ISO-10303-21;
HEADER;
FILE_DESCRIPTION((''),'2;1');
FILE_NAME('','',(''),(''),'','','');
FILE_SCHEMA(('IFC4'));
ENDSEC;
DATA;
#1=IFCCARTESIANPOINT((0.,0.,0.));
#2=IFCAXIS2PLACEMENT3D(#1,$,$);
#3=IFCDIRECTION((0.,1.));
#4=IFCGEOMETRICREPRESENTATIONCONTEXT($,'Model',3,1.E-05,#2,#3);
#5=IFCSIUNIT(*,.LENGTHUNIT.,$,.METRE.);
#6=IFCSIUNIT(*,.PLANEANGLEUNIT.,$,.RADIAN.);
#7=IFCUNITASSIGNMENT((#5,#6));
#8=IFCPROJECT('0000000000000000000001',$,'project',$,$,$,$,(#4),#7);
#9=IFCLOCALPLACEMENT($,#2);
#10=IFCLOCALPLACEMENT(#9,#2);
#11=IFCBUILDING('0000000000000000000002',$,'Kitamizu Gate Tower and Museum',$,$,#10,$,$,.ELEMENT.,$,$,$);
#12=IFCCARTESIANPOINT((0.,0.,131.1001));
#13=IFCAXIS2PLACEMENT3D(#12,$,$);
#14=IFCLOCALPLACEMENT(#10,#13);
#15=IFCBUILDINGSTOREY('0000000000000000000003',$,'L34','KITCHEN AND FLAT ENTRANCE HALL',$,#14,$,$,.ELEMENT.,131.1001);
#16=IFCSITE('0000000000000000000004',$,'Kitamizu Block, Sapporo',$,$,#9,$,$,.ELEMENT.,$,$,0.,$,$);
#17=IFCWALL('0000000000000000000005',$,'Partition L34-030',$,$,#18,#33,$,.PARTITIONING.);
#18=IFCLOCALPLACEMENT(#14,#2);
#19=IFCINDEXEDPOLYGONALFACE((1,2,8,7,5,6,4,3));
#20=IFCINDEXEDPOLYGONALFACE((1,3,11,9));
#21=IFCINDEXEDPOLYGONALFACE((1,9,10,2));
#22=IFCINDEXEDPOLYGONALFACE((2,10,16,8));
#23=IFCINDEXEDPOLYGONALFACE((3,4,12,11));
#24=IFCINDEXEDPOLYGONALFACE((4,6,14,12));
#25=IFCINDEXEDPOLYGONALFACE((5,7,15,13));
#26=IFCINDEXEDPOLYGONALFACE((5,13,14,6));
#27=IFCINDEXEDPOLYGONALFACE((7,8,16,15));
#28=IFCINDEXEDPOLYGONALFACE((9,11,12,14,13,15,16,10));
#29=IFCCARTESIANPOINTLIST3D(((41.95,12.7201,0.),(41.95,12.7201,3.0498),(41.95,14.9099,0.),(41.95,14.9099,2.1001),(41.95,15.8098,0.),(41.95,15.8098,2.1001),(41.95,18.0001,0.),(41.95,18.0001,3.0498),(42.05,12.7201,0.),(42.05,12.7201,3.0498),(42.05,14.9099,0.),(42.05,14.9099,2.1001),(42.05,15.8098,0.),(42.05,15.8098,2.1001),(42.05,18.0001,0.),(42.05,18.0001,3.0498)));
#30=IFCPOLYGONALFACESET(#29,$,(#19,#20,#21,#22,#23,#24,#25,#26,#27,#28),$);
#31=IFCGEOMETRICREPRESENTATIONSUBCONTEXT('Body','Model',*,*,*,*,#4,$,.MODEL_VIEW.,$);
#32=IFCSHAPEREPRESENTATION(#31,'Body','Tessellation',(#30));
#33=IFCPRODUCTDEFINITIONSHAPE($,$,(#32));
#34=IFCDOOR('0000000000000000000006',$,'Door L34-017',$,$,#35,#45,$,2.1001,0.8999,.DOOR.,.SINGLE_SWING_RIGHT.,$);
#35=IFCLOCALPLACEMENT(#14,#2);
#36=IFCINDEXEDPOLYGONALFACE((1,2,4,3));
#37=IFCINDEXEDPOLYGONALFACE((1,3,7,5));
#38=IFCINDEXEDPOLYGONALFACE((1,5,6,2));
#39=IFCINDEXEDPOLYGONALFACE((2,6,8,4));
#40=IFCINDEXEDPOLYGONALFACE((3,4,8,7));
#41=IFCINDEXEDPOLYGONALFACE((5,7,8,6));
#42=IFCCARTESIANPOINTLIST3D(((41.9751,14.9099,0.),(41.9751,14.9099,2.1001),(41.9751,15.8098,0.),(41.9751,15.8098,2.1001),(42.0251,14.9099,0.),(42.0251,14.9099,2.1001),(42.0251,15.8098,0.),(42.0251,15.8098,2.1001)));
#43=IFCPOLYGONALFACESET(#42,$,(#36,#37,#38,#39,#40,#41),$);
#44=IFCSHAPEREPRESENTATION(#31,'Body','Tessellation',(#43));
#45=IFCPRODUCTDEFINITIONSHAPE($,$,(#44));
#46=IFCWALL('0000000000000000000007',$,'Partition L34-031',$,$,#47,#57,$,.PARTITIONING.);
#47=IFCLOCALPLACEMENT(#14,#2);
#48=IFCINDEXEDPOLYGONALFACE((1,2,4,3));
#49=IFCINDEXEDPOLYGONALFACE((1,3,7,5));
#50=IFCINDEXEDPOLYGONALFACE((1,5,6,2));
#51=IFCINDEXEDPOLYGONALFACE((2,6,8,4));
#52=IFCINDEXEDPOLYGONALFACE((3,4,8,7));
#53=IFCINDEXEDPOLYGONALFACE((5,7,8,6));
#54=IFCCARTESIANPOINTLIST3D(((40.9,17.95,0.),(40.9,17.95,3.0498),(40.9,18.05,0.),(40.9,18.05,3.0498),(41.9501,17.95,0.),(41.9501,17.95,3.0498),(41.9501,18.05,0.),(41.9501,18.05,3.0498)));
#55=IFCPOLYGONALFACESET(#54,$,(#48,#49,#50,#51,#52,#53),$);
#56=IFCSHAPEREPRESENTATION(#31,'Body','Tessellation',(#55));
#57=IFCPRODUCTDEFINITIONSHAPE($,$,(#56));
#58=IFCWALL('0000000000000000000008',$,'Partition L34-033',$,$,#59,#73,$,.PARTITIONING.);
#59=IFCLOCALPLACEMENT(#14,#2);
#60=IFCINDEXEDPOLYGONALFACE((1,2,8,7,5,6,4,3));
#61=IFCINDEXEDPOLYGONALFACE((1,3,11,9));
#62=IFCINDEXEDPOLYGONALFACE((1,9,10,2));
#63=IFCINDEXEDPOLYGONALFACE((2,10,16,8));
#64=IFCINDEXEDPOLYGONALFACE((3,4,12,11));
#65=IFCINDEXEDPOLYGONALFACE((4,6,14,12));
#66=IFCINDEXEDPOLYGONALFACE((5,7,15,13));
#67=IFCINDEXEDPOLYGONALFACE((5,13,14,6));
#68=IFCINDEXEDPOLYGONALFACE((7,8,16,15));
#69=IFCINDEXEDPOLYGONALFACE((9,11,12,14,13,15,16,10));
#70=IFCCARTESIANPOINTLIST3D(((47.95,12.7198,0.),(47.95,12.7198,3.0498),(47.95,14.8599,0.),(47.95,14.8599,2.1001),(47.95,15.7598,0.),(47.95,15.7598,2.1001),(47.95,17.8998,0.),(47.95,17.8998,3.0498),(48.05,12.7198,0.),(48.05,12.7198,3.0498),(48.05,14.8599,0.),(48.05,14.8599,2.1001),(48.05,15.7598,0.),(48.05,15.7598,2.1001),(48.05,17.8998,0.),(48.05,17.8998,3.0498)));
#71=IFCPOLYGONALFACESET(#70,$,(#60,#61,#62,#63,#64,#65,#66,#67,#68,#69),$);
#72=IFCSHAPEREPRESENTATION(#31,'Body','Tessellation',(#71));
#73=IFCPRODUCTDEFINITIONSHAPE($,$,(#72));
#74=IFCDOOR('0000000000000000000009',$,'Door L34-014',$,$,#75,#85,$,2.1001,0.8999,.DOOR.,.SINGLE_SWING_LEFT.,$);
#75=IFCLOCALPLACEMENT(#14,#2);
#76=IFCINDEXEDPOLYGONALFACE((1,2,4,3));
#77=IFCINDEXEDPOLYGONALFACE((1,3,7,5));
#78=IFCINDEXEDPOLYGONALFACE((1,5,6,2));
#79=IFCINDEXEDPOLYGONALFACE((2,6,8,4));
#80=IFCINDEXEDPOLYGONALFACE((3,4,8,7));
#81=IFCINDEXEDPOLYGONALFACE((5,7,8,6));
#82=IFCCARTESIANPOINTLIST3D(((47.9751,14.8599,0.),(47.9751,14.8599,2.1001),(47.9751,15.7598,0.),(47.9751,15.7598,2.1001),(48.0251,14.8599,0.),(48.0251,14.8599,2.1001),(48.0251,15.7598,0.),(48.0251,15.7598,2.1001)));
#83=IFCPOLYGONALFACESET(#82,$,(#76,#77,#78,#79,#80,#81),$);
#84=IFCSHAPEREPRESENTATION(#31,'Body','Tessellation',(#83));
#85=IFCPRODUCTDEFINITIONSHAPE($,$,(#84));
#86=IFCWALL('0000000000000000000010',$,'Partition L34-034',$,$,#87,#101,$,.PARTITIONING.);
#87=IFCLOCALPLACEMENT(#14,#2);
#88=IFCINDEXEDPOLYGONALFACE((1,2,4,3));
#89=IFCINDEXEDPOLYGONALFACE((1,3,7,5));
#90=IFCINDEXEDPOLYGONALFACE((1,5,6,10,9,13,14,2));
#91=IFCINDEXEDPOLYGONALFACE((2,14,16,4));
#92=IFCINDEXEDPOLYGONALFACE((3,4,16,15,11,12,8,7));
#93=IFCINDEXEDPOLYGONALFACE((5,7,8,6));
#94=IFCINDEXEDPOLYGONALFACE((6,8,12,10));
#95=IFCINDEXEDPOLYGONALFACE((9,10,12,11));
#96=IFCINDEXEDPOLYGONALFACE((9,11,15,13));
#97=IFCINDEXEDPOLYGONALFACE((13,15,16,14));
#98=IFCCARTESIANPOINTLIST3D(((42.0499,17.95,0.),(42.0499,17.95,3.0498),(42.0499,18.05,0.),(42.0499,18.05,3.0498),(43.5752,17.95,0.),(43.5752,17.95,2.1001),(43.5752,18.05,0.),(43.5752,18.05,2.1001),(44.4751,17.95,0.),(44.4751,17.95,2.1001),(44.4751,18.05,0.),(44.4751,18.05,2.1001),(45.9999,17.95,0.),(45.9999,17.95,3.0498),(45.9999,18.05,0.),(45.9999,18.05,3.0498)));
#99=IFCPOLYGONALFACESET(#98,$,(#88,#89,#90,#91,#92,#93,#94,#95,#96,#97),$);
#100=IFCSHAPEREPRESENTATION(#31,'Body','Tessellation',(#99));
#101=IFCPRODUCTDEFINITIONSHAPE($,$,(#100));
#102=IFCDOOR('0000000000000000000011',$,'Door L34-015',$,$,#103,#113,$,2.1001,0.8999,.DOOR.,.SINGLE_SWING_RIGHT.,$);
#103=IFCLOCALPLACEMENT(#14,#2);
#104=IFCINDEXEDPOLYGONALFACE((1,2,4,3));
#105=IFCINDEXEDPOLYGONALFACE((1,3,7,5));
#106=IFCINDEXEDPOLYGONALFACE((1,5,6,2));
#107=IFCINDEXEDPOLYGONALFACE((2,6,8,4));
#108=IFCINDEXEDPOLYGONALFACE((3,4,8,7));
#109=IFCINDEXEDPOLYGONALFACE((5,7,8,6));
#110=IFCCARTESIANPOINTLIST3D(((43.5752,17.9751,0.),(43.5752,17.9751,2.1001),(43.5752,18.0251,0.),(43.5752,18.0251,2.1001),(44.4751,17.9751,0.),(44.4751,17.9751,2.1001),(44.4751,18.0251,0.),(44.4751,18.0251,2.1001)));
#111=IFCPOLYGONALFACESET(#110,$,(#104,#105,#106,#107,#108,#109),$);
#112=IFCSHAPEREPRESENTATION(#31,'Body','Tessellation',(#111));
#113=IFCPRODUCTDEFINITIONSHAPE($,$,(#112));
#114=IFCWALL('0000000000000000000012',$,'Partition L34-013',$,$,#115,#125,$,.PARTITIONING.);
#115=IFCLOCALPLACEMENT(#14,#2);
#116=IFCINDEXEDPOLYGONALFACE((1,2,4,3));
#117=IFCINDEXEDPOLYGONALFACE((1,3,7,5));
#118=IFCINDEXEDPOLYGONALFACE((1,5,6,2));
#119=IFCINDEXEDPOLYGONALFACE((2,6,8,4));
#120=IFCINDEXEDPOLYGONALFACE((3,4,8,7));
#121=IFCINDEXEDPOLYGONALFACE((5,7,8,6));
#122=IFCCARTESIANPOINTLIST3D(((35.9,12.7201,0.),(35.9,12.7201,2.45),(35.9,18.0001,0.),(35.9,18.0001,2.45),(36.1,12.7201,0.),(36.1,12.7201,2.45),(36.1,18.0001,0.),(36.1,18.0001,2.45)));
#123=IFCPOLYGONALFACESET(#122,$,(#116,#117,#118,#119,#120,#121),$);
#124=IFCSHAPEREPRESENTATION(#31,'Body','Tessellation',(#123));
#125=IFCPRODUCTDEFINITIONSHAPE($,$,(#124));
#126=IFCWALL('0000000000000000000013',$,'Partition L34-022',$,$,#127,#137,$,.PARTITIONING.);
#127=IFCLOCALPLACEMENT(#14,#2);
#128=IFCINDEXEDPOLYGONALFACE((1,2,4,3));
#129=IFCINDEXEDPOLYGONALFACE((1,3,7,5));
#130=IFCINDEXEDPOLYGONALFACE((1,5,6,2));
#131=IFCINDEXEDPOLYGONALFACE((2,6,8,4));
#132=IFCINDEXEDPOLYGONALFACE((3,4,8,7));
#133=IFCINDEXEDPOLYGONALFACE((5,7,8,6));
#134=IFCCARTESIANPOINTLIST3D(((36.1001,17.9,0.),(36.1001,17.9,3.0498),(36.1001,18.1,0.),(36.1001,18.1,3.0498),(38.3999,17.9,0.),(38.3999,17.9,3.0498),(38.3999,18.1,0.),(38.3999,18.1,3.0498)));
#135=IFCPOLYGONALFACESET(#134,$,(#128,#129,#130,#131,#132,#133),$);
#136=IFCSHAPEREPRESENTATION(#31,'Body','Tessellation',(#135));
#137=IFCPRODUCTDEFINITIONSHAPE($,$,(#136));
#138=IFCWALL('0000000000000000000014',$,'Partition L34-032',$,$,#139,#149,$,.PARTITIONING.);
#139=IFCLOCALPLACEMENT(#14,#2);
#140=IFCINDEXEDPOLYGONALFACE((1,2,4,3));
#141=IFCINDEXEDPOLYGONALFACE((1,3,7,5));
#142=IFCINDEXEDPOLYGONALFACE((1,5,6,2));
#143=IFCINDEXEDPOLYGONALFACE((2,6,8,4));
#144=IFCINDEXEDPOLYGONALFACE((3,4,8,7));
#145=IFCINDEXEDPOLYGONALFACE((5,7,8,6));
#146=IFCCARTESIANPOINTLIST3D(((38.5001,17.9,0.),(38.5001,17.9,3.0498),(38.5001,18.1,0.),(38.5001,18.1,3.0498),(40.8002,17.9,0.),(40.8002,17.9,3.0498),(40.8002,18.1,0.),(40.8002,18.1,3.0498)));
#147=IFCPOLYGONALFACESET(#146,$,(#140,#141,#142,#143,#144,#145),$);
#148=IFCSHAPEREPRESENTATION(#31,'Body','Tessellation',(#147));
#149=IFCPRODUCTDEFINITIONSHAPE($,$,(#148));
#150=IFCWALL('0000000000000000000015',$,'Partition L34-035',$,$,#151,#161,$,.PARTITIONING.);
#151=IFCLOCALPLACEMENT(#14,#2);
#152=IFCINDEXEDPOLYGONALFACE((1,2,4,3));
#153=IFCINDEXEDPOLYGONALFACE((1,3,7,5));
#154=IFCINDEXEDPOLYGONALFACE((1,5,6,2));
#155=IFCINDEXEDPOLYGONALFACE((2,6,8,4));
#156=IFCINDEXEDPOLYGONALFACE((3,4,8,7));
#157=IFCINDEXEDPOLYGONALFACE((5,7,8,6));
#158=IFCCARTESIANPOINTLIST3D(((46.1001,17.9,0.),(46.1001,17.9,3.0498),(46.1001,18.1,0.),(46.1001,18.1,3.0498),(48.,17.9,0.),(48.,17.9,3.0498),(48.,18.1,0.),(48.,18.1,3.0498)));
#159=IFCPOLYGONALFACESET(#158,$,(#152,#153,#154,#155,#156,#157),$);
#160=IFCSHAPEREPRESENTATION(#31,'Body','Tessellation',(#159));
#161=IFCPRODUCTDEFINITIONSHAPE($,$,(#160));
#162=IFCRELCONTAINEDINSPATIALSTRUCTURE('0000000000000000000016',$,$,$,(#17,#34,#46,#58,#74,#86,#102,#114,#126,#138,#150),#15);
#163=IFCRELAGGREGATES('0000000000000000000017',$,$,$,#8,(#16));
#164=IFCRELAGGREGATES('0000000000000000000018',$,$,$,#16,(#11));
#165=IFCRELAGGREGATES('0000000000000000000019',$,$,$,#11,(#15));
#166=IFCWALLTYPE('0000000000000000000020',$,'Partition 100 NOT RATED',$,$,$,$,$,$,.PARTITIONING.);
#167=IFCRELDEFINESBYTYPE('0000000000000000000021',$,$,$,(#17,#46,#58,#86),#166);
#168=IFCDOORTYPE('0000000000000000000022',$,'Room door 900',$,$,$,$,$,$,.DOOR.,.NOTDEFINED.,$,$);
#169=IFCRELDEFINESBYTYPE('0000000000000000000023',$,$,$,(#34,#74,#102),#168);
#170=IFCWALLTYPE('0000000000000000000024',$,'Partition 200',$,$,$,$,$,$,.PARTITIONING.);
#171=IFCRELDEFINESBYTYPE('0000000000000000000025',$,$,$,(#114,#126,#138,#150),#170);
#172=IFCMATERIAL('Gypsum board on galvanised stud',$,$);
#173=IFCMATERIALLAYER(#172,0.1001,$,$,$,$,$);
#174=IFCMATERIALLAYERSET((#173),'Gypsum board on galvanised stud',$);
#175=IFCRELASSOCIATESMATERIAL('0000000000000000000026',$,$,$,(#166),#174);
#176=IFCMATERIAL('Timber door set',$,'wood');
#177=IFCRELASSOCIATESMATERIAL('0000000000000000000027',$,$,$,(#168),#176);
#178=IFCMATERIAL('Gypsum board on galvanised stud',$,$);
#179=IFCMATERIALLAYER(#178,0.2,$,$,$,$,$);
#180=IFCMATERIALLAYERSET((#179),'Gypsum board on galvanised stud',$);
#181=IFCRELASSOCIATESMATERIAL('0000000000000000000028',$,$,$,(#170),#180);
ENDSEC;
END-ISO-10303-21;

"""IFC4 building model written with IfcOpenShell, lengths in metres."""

from ifc_helpers import new_model, si_unit, direction, frame, frame_2d, origin, place, context, subcontext, project, spatial, rectangle, extrude, material, layer, layer_set, type_object, element, fill, save


model = new_model("IFC4")

# Units and contexts
model_context = context("Model", 3, precision=1e-05, world=origin(), true_north=direction((0.0, 1.0)))
body_context = subcontext(model_context, "Body", "Model", "MODEL_VIEW")
ifc_project = project(units=[si_unit("LENGTHUNIT", "METRE"), si_unit("PLANEANGLEUNIT", "RADIAN")], contexts=[model_context])

# Site, building, storey
site_placement = place(None, origin())
site = spatial("IfcSite", under=ifc_project, at=site_placement, Name="Kitamizu Block, Sapporo", CompositionType="ELEMENT", RefElevation=0.0)
building_placement = place(site_placement, origin())
building = spatial("IfcBuilding", under=site, at=building_placement, Name="Kitamizu Gate Tower and Museum", CompositionType="ELEMENT")
storey_placement = place(building_placement, frame((0.0, 0.0, 131.1001)))
storey = spatial("IfcBuildingStorey", under=building, at=storey_placement, Name="L34", Description="KITCHEN AND FLAT ENTRANCE HALL", CompositionType="ELEMENT", Elevation=131.1001)

# Shared definitions
ifc_material_1 = material(Name="Gypsum board on galvanised stud")
ifc_layer_1 = layer(ifc_material_1, 0.1001)
ifc_layer_set_1 = layer_set([ifc_layer_1], Name="Gypsum board on galvanised stud")
wall_type_1 = type_object("IfcWallType", Name="Partition 100 NOT RATED", PredefinedType="PARTITIONING", material=ifc_layer_set_1)

# Wall, opening, door
wall_1_placement = place(storey_placement, frame((42.0, 12.72, 0.0), z_axis=(0.0, 0.0, 1.0), x_axis=(0.0, 1.0, 0.0)))
wall_1 = element("IfcWall", 1, at=wall_1_placement, inside=storey, type_object=wall_type_1, Name="Partition L34-030", PredefinedType="PARTITIONING", context=body_context, shape_type="SweptSolid", body=[
    extrude(rectangle(XDim=5.28, YDim=0.1001, at=frame_2d((2.6401, 0.0))), origin(), (0.0, 0.0, 1.0), 3.0498),
])
opening_1_placement = place(wall_1_placement, frame((2.1899, 0.0, 0.0)))
opening_1 = element("IfcOpeningElement", 2, at=opening_1_placement, cuts=wall_1, PredefinedType="OPENING", context=body_context, shape_type="SweptSolid", body=[
    extrude(rectangle(XDim=0.8999, YDim=2.1001, at=frame_2d((0.45, 1.05))), frame((0.0, 0.0601, 0.0), z_axis=(0.0, -1.0, 0.0), x_axis=(1.0, 0.0, 0.0)), (0.0, 0.0, 1.0), 0.1201),
])
ifc_material_2 = material(Name="Timber door set", Category="wood")
door_type = type_object("IfcDoorType", Name="Room door 900", OperationType="NOTDEFINED", PredefinedType="DOOR", material=ifc_material_2)
door_1_placement = place(opening_1_placement, origin())
door_1 = element("IfcDoor", 3, at=door_1_placement, inside=storey, type_object=door_type, Name="Door L34-017", OperationType="SINGLE_SWING_RIGHT", OverallHeight=2.1001, OverallWidth=0.8999, PredefinedType="DOOR", context=body_context, shape_type="SweptSolid", body=[
    extrude(rectangle(XDim=0.8999, YDim=2.1001, at=frame_2d((0.45, 1.05))), frame((0.0, 0.0249, 0.0), z_axis=(0.0, -1.0, 0.0), x_axis=(1.0, 0.0, 0.0)), (0.0, 0.0, 1.0), 0.05),
])
fill(opening_1, door_1)

# Wall
wall_2_placement = place(storey_placement, frame((41.95, 18.0, 0.0), z_axis=(0.0, 0.0, 1.0), x_axis=(-1.0, 0.0, 0.0)))
element("IfcWall", 4, at=wall_2_placement, inside=storey, type_object=wall_type_1, Name="Partition L34-031", PredefinedType="PARTITIONING", context=body_context, shape_type="SweptSolid", body=[
    extrude(rectangle(XDim=1.05, YDim=0.1001, at=frame_2d((0.5249, 0.0))), origin(), (0.0, 0.0, 1.0), 3.0498),
])

# Walls, openings, doors
wall_3_placement = place(storey_placement, frame((48.0, 12.72, 0.0), z_axis=(0.0, 0.0, 1.0), x_axis=(0.0, 1.0, 0.0)))
wall_3 = element("IfcWall", 5, at=wall_3_placement, inside=storey, type_object=wall_type_1, Name="Partition L34-033", PredefinedType="PARTITIONING", context=body_context, shape_type="SweptSolid", body=[
    extrude(rectangle(XDim=5.1799, YDim=0.1001, at=frame_2d((2.5898, 0.0))), origin(), (0.0, 0.0, 1.0), 3.0498),
])
opening_2_placement = place(wall_3_placement, frame((2.1399, 0.0, 0.0)))
opening_2 = element("IfcOpeningElement", 6, at=opening_2_placement, cuts=wall_3, PredefinedType="OPENING", context=body_context, shape_type="SweptSolid", body=[
    extrude(rectangle(XDim=0.8999, YDim=2.1001, at=frame_2d((0.45, 1.05))), frame((0.0, 0.0601, 0.0), z_axis=(0.0, -1.0, 0.0), x_axis=(1.0, 0.0, 0.0)), (0.0, 0.0, 1.0), 0.1201),
])
door_2_placement = place(opening_2_placement, origin())
door_2 = element("IfcDoor", 7, at=door_2_placement, inside=storey, type_object=door_type, Name="Door L34-014", OperationType="SINGLE_SWING_LEFT", OverallHeight=2.1001, OverallWidth=0.8999, PredefinedType="DOOR", context=body_context, shape_type="SweptSolid", body=[
    extrude(rectangle(XDim=0.8999, YDim=2.1001, at=frame_2d((0.45, 1.05))), frame((0.0, 0.0249, 0.0), z_axis=(0.0, -1.0, 0.0), x_axis=(1.0, 0.0, 0.0)), (0.0, 0.0, 1.0), 0.05),
])
fill(opening_2, door_2)
wall_4_placement = place(storey_placement, frame((46.0, 18.0, 0.0), z_axis=(0.0, 0.0, 1.0), x_axis=(-1.0, 0.0, 0.0)))
wall_4 = element("IfcWall", 8, at=wall_4_placement, inside=storey, type_object=wall_type_1, Name="Partition L34-034", PredefinedType="PARTITIONING", context=body_context, shape_type="SweptSolid", body=[
    extrude(rectangle(XDim=3.95, YDim=0.1001, at=frame_2d((1.9751, 0.0))), origin(), (0.0, 0.0, 1.0), 3.0498),
])
opening_3_placement = place(wall_4_placement, frame((1.5249, 0.0, 0.0)))
opening_3 = element("IfcOpeningElement", 9, at=opening_3_placement, cuts=wall_4, PredefinedType="OPENING", context=body_context, shape_type="SweptSolid", body=[
    extrude(rectangle(XDim=0.8999, YDim=2.1001, at=frame_2d((0.45, 1.05))), frame((0.0, 0.0601, 0.0), z_axis=(0.0, -1.0, 0.0), x_axis=(1.0, 0.0, 0.0)), (0.0, 0.0, 1.0), 0.1201),
])
door_3_placement = place(opening_3_placement, origin())
door_3 = element("IfcDoor", 10, at=door_3_placement, inside=storey, type_object=door_type, Name="Door L34-015", OperationType="SINGLE_SWING_RIGHT", OverallHeight=2.1001, OverallWidth=0.8999, PredefinedType="DOOR", context=body_context, shape_type="SweptSolid", body=[
    extrude(rectangle(XDim=0.8999, YDim=2.1001, at=frame_2d((0.45, 1.05))), frame((0.0, 0.0249, 0.0), z_axis=(0.0, -1.0, 0.0), x_axis=(1.0, 0.0, 0.0)), (0.0, 0.0, 1.0), 0.05),
])
fill(opening_3, door_3)

# Walls
ifc_material_3 = material(Name="Gypsum board on galvanised stud")
ifc_layer_2 = layer(ifc_material_3, 0.2)
ifc_layer_set_2 = layer_set([ifc_layer_2], Name="Gypsum board on galvanised stud")
wall_type_2 = type_object("IfcWallType", Name="Partition 200", PredefinedType="PARTITIONING", material=ifc_layer_set_2)
wall_5_placement = place(storey_placement, frame((36.0, 12.72, 0.0), z_axis=(0.0, 0.0, 1.0), x_axis=(0.0, 1.0, 0.0)))
element("IfcWall", 11, at=wall_5_placement, inside=storey, type_object=wall_type_2, Name="Partition L34-013", PredefinedType="PARTITIONING", context=body_context, shape_type="SweptSolid", body=[
    extrude(rectangle(XDim=5.28, YDim=0.2, at=frame_2d((2.6401, 0.0))), origin(), (0.0, 0.0, 1.0), 2.45),
])
wall_6_placement = place(storey_placement, frame((36.1001, 18.0, 0.0), z_axis=(0.0, 0.0, 1.0), x_axis=(1.0, 0.0, 0.0)))
element("IfcWall", 12, at=wall_6_placement, inside=storey, type_object=wall_type_2, Name="Partition L34-022", PredefinedType="PARTITIONING", context=body_context, shape_type="SweptSolid", body=[
    extrude(rectangle(XDim=2.2998, YDim=0.2, at=frame_2d((1.1499, 0.0))), origin(), (0.0, 0.0, 1.0), 3.0498),
])
wall_7_placement = place(storey_placement, frame((40.8, 18.0, 0.0), z_axis=(0.0, 0.0, 1.0), x_axis=(-1.0, 0.0, 0.0)))
element("IfcWall", 13, at=wall_7_placement, inside=storey, type_object=wall_type_2, Name="Partition L34-032", PredefinedType="PARTITIONING", context=body_context, shape_type="SweptSolid", body=[
    extrude(rectangle(XDim=2.3, YDim=0.2, at=frame_2d((1.1499, 0.0))), origin(), (0.0, 0.0, 1.0), 3.0498),
])
wall_8_placement = place(storey_placement, frame((48.0, 18.0, 0.0), z_axis=(0.0, 0.0, 1.0), x_axis=(-1.0, 0.0, 0.0)))
element("IfcWall", 14, at=wall_8_placement, inside=storey, type_object=wall_type_2, Name="Partition L34-035", PredefinedType="PARTITIONING", context=body_context, shape_type="SweptSolid", body=[
    extrude(rectangle(XDim=1.8999, YDim=0.2, at=frame_2d((0.95, 0.0))), origin(), (0.0, 0.0, 1.0), 3.0498),
])

save(model, "model.ifc")
